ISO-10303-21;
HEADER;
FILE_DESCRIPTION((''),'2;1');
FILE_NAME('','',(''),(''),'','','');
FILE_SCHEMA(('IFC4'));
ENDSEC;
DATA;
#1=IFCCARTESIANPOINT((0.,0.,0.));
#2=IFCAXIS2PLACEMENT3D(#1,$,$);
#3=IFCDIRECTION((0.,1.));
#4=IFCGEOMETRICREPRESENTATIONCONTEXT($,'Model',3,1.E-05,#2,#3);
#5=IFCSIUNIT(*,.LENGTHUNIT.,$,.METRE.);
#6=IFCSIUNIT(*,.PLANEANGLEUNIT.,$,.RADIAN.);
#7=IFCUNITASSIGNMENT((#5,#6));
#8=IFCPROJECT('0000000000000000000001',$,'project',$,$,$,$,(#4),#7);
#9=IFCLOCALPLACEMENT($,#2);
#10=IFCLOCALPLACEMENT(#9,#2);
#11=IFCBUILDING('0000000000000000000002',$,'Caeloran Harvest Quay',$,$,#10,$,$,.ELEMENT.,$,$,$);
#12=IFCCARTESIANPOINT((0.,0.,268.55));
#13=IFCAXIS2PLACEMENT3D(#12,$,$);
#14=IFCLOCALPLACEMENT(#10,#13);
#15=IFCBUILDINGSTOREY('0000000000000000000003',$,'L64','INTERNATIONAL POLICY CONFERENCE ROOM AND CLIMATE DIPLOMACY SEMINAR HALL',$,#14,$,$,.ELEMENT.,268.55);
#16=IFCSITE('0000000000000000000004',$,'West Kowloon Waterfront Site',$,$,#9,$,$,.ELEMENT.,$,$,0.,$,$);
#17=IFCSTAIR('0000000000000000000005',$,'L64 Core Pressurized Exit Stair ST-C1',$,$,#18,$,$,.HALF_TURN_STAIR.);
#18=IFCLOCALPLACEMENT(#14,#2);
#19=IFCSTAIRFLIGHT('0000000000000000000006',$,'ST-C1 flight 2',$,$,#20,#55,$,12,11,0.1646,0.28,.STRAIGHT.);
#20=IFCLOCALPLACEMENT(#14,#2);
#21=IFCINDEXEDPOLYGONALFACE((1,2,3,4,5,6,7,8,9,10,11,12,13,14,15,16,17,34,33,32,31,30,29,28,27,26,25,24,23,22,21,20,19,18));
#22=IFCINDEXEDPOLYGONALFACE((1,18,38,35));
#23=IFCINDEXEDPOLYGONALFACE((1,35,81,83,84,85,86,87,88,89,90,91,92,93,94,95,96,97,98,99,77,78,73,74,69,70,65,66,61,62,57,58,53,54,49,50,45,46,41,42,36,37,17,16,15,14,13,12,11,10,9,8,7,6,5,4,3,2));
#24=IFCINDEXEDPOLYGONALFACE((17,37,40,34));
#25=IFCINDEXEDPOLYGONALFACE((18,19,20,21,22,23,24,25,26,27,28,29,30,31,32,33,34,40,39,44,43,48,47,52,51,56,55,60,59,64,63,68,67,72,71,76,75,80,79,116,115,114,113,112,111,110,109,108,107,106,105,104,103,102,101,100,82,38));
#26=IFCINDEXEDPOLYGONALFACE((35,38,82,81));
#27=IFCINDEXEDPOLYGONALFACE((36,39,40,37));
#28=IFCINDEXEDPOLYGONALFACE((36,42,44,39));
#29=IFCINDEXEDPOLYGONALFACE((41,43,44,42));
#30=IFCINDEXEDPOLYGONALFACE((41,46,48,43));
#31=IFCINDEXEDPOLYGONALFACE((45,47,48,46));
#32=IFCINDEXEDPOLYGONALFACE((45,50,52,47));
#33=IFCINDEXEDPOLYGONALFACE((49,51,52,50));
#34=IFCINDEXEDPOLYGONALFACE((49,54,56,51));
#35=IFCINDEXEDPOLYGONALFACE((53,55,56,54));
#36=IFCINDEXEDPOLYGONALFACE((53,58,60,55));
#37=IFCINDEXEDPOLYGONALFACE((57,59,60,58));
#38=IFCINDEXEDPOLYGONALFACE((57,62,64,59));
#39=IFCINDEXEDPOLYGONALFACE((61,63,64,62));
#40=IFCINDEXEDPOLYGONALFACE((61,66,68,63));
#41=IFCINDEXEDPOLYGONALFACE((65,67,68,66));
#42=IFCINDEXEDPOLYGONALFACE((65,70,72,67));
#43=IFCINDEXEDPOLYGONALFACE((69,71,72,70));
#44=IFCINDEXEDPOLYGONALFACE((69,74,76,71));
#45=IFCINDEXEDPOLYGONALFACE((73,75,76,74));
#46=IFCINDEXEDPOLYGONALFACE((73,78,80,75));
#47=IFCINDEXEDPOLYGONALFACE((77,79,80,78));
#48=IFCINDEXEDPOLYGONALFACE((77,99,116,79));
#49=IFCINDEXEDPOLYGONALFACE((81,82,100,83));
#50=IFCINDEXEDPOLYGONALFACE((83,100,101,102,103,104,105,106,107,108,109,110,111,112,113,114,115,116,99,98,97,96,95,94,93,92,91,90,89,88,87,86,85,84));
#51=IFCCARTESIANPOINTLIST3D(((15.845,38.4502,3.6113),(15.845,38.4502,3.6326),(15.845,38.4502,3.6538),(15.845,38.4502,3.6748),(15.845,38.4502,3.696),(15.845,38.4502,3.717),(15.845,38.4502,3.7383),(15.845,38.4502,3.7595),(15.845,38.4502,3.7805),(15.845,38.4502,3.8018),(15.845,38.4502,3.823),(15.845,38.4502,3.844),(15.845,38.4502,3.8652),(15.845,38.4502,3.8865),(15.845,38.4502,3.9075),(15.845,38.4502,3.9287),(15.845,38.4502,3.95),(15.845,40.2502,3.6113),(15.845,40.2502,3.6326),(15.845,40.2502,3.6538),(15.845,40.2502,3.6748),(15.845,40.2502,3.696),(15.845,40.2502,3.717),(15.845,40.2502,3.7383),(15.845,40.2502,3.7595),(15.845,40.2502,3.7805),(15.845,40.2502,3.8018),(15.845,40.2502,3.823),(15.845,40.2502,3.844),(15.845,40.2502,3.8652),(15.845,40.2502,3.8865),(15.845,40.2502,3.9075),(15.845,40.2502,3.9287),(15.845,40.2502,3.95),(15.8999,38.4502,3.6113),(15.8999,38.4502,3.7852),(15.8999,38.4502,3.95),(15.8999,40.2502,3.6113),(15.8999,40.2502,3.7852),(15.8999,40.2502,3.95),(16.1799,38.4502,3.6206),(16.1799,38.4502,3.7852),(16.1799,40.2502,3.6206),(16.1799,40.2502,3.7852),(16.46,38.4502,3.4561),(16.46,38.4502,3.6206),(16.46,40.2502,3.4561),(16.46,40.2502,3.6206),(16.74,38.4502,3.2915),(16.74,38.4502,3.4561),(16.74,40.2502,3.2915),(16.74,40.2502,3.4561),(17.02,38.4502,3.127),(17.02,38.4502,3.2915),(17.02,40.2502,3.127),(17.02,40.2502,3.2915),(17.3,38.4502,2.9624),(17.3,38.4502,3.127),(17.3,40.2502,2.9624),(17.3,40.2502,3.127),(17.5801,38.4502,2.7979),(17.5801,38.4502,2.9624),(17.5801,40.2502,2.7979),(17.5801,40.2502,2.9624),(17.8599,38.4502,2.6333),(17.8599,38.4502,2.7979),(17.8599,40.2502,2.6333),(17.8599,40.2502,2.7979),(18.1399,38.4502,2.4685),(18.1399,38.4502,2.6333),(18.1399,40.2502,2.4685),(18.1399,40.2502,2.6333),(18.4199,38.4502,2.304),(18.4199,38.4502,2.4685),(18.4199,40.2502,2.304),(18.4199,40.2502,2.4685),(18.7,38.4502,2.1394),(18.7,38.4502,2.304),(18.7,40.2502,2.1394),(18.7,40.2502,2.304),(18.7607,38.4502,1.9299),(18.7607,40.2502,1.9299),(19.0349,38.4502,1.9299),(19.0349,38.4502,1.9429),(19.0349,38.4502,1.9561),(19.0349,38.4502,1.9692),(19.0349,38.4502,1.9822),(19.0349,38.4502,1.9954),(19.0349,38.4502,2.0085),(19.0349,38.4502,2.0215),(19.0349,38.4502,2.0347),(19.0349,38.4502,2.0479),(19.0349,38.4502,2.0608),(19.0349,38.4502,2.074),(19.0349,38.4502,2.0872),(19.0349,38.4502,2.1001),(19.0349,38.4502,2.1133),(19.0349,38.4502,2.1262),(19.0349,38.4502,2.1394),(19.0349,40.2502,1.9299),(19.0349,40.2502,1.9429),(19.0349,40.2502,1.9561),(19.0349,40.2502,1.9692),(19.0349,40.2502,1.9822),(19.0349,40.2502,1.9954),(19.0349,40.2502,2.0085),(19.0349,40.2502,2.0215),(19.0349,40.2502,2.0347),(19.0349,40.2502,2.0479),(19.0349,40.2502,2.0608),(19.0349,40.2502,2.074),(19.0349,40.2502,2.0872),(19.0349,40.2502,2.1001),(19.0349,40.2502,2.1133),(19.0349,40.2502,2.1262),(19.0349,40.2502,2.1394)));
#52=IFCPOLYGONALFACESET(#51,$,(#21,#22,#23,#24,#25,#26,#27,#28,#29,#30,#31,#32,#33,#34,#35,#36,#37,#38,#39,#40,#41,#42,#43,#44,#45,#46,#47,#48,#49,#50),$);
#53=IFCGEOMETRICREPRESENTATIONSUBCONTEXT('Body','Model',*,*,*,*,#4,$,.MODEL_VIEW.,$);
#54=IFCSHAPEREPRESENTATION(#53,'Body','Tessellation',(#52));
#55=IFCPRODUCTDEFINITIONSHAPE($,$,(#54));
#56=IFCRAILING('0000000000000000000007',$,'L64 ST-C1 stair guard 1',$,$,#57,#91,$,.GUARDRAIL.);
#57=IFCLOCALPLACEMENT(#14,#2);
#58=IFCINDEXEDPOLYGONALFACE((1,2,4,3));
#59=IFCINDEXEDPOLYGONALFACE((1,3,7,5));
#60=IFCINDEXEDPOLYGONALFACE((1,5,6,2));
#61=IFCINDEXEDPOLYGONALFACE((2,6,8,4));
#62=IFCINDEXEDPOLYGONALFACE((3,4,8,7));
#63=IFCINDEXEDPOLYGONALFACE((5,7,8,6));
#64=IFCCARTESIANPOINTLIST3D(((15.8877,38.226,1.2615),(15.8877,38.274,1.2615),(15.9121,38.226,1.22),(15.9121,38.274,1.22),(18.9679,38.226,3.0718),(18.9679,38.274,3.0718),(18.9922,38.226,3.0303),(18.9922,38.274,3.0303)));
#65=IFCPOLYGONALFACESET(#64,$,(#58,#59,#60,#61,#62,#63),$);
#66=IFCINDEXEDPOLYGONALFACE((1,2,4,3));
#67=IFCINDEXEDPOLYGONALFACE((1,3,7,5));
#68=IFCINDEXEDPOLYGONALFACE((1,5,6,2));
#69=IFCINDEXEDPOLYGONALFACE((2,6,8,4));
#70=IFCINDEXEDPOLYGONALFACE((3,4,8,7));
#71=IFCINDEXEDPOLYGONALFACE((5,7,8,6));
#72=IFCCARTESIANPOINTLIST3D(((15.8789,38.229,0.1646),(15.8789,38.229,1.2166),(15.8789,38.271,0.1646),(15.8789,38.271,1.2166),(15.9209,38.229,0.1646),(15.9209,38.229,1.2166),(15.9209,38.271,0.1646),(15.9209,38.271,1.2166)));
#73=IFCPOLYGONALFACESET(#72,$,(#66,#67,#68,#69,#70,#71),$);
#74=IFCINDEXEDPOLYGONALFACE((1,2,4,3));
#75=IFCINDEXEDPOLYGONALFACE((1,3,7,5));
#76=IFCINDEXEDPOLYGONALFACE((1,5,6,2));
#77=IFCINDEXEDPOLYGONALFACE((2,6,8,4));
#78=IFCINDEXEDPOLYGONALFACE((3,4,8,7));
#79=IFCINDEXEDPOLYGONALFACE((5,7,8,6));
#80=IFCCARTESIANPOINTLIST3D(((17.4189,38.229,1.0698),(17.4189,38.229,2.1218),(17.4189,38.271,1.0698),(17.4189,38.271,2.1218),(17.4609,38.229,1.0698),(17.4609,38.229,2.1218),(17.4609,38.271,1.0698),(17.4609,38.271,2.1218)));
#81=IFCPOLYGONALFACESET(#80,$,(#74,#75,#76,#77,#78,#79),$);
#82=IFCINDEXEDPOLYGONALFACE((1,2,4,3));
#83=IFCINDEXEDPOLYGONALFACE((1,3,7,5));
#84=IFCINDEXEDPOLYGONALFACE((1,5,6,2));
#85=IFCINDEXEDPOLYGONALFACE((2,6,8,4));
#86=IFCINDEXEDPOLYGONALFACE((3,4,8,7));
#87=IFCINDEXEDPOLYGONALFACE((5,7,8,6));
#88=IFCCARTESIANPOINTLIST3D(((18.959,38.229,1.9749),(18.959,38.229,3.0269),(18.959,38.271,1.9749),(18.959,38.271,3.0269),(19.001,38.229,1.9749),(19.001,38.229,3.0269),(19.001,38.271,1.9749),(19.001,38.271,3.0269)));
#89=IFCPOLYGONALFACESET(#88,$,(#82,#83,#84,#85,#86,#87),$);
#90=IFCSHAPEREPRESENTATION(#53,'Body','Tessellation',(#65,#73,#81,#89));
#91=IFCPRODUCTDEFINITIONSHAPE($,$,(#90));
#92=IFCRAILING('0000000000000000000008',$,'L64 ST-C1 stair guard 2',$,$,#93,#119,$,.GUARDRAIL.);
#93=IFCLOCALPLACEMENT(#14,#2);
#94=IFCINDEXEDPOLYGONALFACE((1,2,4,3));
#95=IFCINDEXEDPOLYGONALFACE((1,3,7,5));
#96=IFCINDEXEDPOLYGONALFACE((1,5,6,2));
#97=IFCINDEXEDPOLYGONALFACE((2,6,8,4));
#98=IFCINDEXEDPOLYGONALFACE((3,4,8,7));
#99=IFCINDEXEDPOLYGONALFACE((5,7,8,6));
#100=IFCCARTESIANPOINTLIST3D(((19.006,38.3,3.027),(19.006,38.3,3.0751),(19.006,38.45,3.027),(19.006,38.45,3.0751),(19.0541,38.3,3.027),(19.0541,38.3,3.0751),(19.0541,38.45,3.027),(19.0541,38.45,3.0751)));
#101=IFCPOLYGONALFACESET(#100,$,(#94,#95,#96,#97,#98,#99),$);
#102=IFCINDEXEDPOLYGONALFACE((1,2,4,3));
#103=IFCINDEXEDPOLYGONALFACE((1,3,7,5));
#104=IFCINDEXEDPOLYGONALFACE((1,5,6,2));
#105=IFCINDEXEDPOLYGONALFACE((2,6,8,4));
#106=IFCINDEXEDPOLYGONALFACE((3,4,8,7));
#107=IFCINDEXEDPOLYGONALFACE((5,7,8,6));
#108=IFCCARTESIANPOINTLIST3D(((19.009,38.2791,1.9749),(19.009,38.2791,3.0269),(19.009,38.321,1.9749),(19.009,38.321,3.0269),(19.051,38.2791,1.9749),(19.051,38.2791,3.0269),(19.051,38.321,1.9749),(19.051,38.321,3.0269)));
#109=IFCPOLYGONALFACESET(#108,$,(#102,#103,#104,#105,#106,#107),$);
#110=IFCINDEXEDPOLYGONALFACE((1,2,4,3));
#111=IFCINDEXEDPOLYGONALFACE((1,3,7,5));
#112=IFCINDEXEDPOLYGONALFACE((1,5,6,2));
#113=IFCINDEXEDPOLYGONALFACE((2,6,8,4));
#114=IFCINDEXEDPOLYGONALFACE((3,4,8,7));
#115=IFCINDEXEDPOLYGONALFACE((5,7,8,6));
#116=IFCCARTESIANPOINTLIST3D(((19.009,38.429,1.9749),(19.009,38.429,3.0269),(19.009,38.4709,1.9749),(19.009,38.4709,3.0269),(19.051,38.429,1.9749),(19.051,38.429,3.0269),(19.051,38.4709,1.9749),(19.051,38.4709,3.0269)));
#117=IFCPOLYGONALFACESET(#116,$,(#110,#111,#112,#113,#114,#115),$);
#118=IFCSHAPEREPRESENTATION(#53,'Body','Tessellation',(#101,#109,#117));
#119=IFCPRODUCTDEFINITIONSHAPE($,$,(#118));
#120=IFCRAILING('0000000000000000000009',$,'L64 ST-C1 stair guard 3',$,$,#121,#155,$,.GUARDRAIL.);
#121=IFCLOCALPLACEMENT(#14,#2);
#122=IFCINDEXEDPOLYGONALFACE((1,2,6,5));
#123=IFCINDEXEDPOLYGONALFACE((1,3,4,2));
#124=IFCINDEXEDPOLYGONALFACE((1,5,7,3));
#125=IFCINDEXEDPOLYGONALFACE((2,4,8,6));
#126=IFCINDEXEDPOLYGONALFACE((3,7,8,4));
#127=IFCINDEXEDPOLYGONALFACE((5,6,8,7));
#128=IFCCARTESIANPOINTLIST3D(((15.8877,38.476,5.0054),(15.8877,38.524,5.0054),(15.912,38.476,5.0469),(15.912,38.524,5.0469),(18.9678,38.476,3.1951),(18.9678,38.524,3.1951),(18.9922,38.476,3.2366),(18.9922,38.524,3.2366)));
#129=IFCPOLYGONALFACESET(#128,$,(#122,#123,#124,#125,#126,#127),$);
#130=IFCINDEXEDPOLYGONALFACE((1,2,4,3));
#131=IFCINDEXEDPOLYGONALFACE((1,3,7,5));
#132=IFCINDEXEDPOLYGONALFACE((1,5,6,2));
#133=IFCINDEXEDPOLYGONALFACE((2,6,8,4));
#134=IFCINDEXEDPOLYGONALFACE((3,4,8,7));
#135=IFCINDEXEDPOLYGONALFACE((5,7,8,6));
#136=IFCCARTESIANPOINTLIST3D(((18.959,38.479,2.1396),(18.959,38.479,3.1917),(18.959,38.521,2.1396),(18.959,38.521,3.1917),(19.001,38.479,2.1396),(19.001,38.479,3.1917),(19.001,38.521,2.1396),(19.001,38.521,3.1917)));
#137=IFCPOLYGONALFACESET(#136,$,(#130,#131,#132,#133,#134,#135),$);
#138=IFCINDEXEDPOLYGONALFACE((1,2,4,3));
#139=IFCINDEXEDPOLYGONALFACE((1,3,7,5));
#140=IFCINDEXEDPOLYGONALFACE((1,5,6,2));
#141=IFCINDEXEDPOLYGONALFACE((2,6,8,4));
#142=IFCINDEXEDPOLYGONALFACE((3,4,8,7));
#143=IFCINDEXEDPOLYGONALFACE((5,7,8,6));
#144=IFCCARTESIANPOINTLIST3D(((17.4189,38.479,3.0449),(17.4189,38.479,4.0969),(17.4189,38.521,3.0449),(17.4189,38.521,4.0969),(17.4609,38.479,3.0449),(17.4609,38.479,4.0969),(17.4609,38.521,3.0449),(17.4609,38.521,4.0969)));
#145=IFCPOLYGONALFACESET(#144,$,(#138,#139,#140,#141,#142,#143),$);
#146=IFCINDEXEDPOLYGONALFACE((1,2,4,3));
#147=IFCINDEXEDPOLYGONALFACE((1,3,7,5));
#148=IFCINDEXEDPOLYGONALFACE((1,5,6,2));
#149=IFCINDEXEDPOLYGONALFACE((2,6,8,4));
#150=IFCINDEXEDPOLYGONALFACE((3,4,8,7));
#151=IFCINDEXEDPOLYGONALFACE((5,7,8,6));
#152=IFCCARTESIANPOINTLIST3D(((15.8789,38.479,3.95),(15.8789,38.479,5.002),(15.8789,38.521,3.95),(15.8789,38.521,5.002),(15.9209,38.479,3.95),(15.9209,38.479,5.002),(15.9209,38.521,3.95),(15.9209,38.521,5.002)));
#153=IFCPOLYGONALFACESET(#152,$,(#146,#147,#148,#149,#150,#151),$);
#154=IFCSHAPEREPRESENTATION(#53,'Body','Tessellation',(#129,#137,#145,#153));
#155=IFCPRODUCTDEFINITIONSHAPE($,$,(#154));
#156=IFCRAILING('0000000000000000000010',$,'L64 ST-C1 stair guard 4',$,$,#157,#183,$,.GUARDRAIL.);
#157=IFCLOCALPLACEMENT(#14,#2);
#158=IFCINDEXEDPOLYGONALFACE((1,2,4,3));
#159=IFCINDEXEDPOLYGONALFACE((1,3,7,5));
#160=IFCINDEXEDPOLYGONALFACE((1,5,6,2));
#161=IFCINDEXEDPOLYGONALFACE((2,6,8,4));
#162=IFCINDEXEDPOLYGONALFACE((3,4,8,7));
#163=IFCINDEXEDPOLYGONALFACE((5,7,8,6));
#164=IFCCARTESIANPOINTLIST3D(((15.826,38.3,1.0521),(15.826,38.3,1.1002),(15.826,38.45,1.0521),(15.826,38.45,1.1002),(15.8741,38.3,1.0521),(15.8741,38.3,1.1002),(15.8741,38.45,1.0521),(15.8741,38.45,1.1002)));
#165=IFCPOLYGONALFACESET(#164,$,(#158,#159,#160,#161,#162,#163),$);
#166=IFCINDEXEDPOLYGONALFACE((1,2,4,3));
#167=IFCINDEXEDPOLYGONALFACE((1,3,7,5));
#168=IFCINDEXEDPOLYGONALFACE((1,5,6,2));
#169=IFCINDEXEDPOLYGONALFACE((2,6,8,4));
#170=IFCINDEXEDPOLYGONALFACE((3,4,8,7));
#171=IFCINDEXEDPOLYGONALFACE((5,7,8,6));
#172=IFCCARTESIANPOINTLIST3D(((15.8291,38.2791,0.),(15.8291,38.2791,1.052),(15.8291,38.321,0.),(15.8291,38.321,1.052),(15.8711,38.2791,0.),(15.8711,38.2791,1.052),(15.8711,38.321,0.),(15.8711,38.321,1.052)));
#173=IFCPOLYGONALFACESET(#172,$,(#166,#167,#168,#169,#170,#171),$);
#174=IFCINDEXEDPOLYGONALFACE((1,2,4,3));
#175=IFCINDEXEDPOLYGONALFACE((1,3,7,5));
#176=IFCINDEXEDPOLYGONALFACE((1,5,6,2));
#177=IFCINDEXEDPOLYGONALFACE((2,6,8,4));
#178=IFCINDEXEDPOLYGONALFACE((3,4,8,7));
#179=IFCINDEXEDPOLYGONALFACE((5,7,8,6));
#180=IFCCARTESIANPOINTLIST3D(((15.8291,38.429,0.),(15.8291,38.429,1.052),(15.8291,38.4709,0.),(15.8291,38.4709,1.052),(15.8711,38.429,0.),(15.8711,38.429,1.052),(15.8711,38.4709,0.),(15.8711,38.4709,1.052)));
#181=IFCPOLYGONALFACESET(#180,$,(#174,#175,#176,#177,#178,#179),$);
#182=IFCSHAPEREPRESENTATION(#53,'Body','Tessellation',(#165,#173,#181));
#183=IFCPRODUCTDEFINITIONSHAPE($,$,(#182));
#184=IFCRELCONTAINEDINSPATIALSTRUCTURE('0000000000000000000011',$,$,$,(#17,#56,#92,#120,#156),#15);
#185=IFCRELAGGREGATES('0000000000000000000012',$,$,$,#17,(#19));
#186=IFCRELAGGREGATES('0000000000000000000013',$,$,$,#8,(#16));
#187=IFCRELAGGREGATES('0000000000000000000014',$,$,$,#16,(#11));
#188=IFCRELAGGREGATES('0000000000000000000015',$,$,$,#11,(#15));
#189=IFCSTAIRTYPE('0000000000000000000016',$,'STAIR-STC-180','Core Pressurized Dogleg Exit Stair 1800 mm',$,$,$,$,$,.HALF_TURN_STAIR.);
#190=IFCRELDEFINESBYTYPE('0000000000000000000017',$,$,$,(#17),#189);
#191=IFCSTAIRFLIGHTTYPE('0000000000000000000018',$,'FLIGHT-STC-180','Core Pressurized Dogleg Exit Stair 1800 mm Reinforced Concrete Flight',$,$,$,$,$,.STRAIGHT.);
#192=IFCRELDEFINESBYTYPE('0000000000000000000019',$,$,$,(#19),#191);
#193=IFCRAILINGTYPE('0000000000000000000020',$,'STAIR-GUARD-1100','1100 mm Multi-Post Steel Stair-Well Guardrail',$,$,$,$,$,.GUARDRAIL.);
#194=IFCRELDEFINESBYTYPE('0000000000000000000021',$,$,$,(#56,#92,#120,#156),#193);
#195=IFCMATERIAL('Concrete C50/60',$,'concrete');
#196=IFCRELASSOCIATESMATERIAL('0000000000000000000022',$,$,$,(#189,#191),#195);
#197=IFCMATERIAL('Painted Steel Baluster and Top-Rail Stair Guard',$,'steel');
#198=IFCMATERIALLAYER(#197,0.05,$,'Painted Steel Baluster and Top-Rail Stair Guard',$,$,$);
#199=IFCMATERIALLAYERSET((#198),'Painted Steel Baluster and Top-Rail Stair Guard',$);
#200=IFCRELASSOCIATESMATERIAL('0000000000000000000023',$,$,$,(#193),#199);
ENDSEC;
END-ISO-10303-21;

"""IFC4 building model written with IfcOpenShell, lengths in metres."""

from ifc_helpers import new_model, si_unit, direction, frame, origin, origin_2d, place, context, subcontext, project, spatial, polyline, rectangle, outline, extrude, material, layer, layer_set, type_object, element, aggregate, save


model = new_model("IFC4")

# Units and contexts
model_context = context("Model", 3, precision=1e-05, world=origin(), true_north=direction((0.0, 1.0)))
body_context = subcontext(model_context, "Body", "Model", "MODEL_VIEW")
ifc_project = project(units=[si_unit("LENGTHUNIT", "METRE"), si_unit("PLANEANGLEUNIT", "RADIAN")], contexts=[model_context])

# Site, building, storey
site_placement = place(None, origin())
site = spatial("IfcSite", under=ifc_project, at=site_placement, Name="West Kowloon Waterfront Site", CompositionType="ELEMENT", RefElevation=0.0)
building_placement = place(site_placement, origin())
building = spatial("IfcBuilding", under=site, at=building_placement, Name="Caeloran Harvest Quay", CompositionType="ELEMENT")
storey_placement = place(building_placement, frame((0.0, 0.0, 268.55)))
storey = spatial("IfcBuildingStorey", under=building, at=storey_placement, Name="L64", Description="INTERNATIONAL POLICY CONFERENCE ROOM AND CLIMATE DIPLOMACY SEMINAR HALL", CompositionType="ELEMENT", Elevation=268.55)

# Shared definitions
ifc_material_1 = material(Name="Concrete C50/60", Category="concrete")

# Stair, stair flight
stair_type = type_object("IfcStairType", Name="STAIR-STC-180", Description="Core Pressurized Dogleg Exit Stair 1800 mm", PredefinedType="HALF_TURN_STAIR", material=ifc_material_1)
stair_placement = place(storey_placement, origin())
stair = element("IfcStair", 1, at=stair_placement, inside=storey, type_object=stair_type, Name="L64 Core Pressurized Exit Stair ST-C1", PredefinedType="HALF_TURN_STAIR")
stair_flight_type = type_object("IfcStairFlightType", Name="FLIGHT-STC-180", Description="Core Pressurized Dogleg Exit Stair 1800 mm Reinforced Concrete Flight", PredefinedType="STRAIGHT", material=ifc_material_1)
stair_flight_placement = place(storey_placement, frame((18.98, 39.3501, 1.9749), z_axis=(0.0, 0.0, 1.0), x_axis=(-1.0, 0.0, 0.0)))
stair_flight = element("IfcStairFlight", 2, at=stair_flight_placement, type_object=stair_flight_type, Name="ST-C1 flight 2", NumberOfRisers=12, NumberOfTreads=11, PredefinedType="STRAIGHT", RiserHeight=0.1646, TreadLength=0.28, context=body_context, shape_type="SweptSolid", body=[
    extrude(outline(polyline([(-0.0549, -0.0449), (-0.0549, -0.032), (-0.0549, -0.0188), (-0.0549, -0.0056), (-0.0549, 0.0073), (-0.0549, 0.0205), (-0.0549, 0.0337), (-0.0549, 0.0466), (-0.0549, 0.0598), (-0.0549, 0.073), (-0.0549, 0.0859), (-0.0549, 0.0991), (-0.0549, 0.1123), (-0.0549, 0.1252), (-0.0549, 0.1384), (-0.0549, 0.1514), (-0.0549, 0.1646), (0.28, 0.1646), (0.28, 0.3291), (0.5601, 0.3291), (0.5601, 0.4937), (0.8401, 0.4937), (0.8401, 0.6584), (1.1201, 0.6584), (1.1201, 0.823), (1.3999, 0.823), (1.3999, 0.9875), (1.6799, 0.9875), (1.6799, 1.1521), (1.96, 1.1521), (1.96, 1.3167), (2.24, 1.3167), (2.24, 1.4812), (2.52, 1.4812), (2.52, 1.6458), (2.8, 1.6458), (2.8, 1.8103), (3.0801, 1.8103), (3.0801, 1.9751), (3.135, 1.9751), (3.135, 1.9539), (3.135, 1.9326), (3.135, 1.9116), (3.135, 1.8904), (3.135, 1.8691), (3.135, 1.8481), (3.135, 1.8269), (3.135, 1.8057), (3.135, 1.7847), (3.135, 1.7634), (3.135, 1.7422), (3.135, 1.7212), (3.135, 1.7), (3.135, 1.679), (3.135, 1.6577), (3.135, 1.6365), (3.0801, 1.6365), (0.2192, -0.0449), (-0.0549, -0.0449)])), frame((0.0, 0.8999, 0.0), z_axis=(0.0, -1.0, 0.0), x_axis=(1.0, 0.0, 0.0)), (0.0, 0.0, 1.0), 1.8),
])
aggregate(stair, [stair_flight])

# Railings
ifc_material_2 = material(Name="Painted Steel Baluster and Top-Rail Stair Guard", Category="steel")
ifc_layer_1 = layer(ifc_material_2, 0.05, Name="Painted Steel Baluster and Top-Rail Stair Guard")
ifc_layer_set_1 = layer_set([ifc_layer_1], Name="Painted Steel Baluster and Top-Rail Stair Guard")
railing_type_1 = type_object("IfcRailingType", Name="STAIR-GUARD-1100", Description="1100 mm Multi-Post Steel Stair-Well Guardrail", PredefinedType="GUARDRAIL", material=ifc_layer_set_1)
railing_1_placement = place(storey_placement, frame((15.8999, 38.25, 0.1646)))
element("IfcRailing", 3, at=railing_1_placement, inside=storey, type_object=railing_type_1, Name="L64 ST-C1 stair guard 1", PredefinedType="GUARDRAIL", context=body_context, shape_type="SweptSolid", body=[
    extrude(rectangle(XDim=0.0481, YDim=0.0481, at=origin_2d()), frame((0.0, 0.0, 1.0762), z_axis=(0.862119, 0.0, 0.506707), x_axis=(0.0, 1.0, 0.0)), (0.0, 0.0, 1.0), 3.5728),
    extrude(rectangle(XDim=0.042, YDim=0.042, at=origin_2d()), origin(), (0.0, 0.0, 1.0), 1.052),
    extrude(rectangle(XDim=0.042, YDim=0.042, at=origin_2d()), frame((1.54, 0.0, 0.9053)), (0.0, 0.0, 1.0), 1.052),
    extrude(rectangle(XDim=0.042, YDim=0.042, at=origin_2d()), frame((3.0801, 0.0, 1.8103)), (0.0, 0.0, 1.0), 1.052),
])
railing_2_placement = place(storey_placement, frame((19.03, 38.3, 1.9749)))
element("IfcRailing", 4, at=railing_2_placement, inside=storey, type_object=railing_type_1, Name="L64 ST-C1 stair guard 2", PredefinedType="GUARDRAIL", context=body_context, shape_type="SweptSolid", body=[
    extrude(rectangle(XDim=0.0481, YDim=0.0481, at=origin_2d()), frame((0.0, 0.0, 1.0762), z_axis=(0.0, 1.0, 0.0), x_axis=(-1.0, 0.0, 0.0)), (0.0, 0.0, 1.0), 0.1499),
    extrude(rectangle(XDim=0.042, YDim=0.042, at=origin_2d()), origin(), (0.0, 0.0, 1.0), 1.052),
    extrude(rectangle(XDim=0.042, YDim=0.042, at=origin_2d()), frame((0.0, 0.1499, 0.0)), (0.0, 0.0, 1.0), 1.052),
])
railing_3_placement = place(storey_placement, frame((18.98, 38.5, 2.1396)))
element("IfcRailing", 5, at=railing_3_placement, inside=storey, type_object=railing_type_1, Name="L64 ST-C1 stair guard 3", PredefinedType="GUARDRAIL", context=body_context, shape_type="SweptSolid", body=[
    extrude(rectangle(XDim=0.0481, YDim=0.0481, at=origin_2d()), frame((0.0, 0.0, 1.0762), z_axis=(-0.862119, 0.0, 0.506707), x_axis=(0.0, -1.0, 0.0)), (0.0, 0.0, 1.0), 3.5728),
    extrude(rectangle(XDim=0.042, YDim=0.042, at=origin_2d()), origin(), (0.0, 0.0, 1.0), 1.052),
    extrude(rectangle(XDim=0.042, YDim=0.042, at=origin_2d()), frame((-1.54, 0.0, 0.9053)), (0.0, 0.0, 1.0), 1.052),
    extrude(rectangle(XDim=0.042, YDim=0.042, at=origin_2d()), frame((-3.0801, 0.0, 1.8103)), (0.0, 0.0, 1.0), 1.052),
])
railing_4_placement = place(storey_placement, frame((15.8501, 38.3, 0.0)))
element("IfcRailing", 6, at=railing_4_placement, inside=storey, type_object=railing_type_1, Name="L64 ST-C1 stair guard 4", PredefinedType="GUARDRAIL", context=body_context, shape_type="SweptSolid", body=[
    extrude(rectangle(XDim=0.0481, YDim=0.0481, at=origin_2d()), frame((0.0, 0.0, 1.0762), z_axis=(0.0, 1.0, 0.0), x_axis=(-1.0, 0.0, 0.0)), (0.0, 0.0, 1.0), 0.1499),
    extrude(rectangle(XDim=0.042, YDim=0.042, at=origin_2d()), origin(), (0.0, 0.0, 1.0), 1.052),
    extrude(rectangle(XDim=0.042, YDim=0.042, at=origin_2d()), frame((0.0, 0.1499, 0.0)), (0.0, 0.0, 1.0), 1.052),
])

save(model, "model.ifc")
